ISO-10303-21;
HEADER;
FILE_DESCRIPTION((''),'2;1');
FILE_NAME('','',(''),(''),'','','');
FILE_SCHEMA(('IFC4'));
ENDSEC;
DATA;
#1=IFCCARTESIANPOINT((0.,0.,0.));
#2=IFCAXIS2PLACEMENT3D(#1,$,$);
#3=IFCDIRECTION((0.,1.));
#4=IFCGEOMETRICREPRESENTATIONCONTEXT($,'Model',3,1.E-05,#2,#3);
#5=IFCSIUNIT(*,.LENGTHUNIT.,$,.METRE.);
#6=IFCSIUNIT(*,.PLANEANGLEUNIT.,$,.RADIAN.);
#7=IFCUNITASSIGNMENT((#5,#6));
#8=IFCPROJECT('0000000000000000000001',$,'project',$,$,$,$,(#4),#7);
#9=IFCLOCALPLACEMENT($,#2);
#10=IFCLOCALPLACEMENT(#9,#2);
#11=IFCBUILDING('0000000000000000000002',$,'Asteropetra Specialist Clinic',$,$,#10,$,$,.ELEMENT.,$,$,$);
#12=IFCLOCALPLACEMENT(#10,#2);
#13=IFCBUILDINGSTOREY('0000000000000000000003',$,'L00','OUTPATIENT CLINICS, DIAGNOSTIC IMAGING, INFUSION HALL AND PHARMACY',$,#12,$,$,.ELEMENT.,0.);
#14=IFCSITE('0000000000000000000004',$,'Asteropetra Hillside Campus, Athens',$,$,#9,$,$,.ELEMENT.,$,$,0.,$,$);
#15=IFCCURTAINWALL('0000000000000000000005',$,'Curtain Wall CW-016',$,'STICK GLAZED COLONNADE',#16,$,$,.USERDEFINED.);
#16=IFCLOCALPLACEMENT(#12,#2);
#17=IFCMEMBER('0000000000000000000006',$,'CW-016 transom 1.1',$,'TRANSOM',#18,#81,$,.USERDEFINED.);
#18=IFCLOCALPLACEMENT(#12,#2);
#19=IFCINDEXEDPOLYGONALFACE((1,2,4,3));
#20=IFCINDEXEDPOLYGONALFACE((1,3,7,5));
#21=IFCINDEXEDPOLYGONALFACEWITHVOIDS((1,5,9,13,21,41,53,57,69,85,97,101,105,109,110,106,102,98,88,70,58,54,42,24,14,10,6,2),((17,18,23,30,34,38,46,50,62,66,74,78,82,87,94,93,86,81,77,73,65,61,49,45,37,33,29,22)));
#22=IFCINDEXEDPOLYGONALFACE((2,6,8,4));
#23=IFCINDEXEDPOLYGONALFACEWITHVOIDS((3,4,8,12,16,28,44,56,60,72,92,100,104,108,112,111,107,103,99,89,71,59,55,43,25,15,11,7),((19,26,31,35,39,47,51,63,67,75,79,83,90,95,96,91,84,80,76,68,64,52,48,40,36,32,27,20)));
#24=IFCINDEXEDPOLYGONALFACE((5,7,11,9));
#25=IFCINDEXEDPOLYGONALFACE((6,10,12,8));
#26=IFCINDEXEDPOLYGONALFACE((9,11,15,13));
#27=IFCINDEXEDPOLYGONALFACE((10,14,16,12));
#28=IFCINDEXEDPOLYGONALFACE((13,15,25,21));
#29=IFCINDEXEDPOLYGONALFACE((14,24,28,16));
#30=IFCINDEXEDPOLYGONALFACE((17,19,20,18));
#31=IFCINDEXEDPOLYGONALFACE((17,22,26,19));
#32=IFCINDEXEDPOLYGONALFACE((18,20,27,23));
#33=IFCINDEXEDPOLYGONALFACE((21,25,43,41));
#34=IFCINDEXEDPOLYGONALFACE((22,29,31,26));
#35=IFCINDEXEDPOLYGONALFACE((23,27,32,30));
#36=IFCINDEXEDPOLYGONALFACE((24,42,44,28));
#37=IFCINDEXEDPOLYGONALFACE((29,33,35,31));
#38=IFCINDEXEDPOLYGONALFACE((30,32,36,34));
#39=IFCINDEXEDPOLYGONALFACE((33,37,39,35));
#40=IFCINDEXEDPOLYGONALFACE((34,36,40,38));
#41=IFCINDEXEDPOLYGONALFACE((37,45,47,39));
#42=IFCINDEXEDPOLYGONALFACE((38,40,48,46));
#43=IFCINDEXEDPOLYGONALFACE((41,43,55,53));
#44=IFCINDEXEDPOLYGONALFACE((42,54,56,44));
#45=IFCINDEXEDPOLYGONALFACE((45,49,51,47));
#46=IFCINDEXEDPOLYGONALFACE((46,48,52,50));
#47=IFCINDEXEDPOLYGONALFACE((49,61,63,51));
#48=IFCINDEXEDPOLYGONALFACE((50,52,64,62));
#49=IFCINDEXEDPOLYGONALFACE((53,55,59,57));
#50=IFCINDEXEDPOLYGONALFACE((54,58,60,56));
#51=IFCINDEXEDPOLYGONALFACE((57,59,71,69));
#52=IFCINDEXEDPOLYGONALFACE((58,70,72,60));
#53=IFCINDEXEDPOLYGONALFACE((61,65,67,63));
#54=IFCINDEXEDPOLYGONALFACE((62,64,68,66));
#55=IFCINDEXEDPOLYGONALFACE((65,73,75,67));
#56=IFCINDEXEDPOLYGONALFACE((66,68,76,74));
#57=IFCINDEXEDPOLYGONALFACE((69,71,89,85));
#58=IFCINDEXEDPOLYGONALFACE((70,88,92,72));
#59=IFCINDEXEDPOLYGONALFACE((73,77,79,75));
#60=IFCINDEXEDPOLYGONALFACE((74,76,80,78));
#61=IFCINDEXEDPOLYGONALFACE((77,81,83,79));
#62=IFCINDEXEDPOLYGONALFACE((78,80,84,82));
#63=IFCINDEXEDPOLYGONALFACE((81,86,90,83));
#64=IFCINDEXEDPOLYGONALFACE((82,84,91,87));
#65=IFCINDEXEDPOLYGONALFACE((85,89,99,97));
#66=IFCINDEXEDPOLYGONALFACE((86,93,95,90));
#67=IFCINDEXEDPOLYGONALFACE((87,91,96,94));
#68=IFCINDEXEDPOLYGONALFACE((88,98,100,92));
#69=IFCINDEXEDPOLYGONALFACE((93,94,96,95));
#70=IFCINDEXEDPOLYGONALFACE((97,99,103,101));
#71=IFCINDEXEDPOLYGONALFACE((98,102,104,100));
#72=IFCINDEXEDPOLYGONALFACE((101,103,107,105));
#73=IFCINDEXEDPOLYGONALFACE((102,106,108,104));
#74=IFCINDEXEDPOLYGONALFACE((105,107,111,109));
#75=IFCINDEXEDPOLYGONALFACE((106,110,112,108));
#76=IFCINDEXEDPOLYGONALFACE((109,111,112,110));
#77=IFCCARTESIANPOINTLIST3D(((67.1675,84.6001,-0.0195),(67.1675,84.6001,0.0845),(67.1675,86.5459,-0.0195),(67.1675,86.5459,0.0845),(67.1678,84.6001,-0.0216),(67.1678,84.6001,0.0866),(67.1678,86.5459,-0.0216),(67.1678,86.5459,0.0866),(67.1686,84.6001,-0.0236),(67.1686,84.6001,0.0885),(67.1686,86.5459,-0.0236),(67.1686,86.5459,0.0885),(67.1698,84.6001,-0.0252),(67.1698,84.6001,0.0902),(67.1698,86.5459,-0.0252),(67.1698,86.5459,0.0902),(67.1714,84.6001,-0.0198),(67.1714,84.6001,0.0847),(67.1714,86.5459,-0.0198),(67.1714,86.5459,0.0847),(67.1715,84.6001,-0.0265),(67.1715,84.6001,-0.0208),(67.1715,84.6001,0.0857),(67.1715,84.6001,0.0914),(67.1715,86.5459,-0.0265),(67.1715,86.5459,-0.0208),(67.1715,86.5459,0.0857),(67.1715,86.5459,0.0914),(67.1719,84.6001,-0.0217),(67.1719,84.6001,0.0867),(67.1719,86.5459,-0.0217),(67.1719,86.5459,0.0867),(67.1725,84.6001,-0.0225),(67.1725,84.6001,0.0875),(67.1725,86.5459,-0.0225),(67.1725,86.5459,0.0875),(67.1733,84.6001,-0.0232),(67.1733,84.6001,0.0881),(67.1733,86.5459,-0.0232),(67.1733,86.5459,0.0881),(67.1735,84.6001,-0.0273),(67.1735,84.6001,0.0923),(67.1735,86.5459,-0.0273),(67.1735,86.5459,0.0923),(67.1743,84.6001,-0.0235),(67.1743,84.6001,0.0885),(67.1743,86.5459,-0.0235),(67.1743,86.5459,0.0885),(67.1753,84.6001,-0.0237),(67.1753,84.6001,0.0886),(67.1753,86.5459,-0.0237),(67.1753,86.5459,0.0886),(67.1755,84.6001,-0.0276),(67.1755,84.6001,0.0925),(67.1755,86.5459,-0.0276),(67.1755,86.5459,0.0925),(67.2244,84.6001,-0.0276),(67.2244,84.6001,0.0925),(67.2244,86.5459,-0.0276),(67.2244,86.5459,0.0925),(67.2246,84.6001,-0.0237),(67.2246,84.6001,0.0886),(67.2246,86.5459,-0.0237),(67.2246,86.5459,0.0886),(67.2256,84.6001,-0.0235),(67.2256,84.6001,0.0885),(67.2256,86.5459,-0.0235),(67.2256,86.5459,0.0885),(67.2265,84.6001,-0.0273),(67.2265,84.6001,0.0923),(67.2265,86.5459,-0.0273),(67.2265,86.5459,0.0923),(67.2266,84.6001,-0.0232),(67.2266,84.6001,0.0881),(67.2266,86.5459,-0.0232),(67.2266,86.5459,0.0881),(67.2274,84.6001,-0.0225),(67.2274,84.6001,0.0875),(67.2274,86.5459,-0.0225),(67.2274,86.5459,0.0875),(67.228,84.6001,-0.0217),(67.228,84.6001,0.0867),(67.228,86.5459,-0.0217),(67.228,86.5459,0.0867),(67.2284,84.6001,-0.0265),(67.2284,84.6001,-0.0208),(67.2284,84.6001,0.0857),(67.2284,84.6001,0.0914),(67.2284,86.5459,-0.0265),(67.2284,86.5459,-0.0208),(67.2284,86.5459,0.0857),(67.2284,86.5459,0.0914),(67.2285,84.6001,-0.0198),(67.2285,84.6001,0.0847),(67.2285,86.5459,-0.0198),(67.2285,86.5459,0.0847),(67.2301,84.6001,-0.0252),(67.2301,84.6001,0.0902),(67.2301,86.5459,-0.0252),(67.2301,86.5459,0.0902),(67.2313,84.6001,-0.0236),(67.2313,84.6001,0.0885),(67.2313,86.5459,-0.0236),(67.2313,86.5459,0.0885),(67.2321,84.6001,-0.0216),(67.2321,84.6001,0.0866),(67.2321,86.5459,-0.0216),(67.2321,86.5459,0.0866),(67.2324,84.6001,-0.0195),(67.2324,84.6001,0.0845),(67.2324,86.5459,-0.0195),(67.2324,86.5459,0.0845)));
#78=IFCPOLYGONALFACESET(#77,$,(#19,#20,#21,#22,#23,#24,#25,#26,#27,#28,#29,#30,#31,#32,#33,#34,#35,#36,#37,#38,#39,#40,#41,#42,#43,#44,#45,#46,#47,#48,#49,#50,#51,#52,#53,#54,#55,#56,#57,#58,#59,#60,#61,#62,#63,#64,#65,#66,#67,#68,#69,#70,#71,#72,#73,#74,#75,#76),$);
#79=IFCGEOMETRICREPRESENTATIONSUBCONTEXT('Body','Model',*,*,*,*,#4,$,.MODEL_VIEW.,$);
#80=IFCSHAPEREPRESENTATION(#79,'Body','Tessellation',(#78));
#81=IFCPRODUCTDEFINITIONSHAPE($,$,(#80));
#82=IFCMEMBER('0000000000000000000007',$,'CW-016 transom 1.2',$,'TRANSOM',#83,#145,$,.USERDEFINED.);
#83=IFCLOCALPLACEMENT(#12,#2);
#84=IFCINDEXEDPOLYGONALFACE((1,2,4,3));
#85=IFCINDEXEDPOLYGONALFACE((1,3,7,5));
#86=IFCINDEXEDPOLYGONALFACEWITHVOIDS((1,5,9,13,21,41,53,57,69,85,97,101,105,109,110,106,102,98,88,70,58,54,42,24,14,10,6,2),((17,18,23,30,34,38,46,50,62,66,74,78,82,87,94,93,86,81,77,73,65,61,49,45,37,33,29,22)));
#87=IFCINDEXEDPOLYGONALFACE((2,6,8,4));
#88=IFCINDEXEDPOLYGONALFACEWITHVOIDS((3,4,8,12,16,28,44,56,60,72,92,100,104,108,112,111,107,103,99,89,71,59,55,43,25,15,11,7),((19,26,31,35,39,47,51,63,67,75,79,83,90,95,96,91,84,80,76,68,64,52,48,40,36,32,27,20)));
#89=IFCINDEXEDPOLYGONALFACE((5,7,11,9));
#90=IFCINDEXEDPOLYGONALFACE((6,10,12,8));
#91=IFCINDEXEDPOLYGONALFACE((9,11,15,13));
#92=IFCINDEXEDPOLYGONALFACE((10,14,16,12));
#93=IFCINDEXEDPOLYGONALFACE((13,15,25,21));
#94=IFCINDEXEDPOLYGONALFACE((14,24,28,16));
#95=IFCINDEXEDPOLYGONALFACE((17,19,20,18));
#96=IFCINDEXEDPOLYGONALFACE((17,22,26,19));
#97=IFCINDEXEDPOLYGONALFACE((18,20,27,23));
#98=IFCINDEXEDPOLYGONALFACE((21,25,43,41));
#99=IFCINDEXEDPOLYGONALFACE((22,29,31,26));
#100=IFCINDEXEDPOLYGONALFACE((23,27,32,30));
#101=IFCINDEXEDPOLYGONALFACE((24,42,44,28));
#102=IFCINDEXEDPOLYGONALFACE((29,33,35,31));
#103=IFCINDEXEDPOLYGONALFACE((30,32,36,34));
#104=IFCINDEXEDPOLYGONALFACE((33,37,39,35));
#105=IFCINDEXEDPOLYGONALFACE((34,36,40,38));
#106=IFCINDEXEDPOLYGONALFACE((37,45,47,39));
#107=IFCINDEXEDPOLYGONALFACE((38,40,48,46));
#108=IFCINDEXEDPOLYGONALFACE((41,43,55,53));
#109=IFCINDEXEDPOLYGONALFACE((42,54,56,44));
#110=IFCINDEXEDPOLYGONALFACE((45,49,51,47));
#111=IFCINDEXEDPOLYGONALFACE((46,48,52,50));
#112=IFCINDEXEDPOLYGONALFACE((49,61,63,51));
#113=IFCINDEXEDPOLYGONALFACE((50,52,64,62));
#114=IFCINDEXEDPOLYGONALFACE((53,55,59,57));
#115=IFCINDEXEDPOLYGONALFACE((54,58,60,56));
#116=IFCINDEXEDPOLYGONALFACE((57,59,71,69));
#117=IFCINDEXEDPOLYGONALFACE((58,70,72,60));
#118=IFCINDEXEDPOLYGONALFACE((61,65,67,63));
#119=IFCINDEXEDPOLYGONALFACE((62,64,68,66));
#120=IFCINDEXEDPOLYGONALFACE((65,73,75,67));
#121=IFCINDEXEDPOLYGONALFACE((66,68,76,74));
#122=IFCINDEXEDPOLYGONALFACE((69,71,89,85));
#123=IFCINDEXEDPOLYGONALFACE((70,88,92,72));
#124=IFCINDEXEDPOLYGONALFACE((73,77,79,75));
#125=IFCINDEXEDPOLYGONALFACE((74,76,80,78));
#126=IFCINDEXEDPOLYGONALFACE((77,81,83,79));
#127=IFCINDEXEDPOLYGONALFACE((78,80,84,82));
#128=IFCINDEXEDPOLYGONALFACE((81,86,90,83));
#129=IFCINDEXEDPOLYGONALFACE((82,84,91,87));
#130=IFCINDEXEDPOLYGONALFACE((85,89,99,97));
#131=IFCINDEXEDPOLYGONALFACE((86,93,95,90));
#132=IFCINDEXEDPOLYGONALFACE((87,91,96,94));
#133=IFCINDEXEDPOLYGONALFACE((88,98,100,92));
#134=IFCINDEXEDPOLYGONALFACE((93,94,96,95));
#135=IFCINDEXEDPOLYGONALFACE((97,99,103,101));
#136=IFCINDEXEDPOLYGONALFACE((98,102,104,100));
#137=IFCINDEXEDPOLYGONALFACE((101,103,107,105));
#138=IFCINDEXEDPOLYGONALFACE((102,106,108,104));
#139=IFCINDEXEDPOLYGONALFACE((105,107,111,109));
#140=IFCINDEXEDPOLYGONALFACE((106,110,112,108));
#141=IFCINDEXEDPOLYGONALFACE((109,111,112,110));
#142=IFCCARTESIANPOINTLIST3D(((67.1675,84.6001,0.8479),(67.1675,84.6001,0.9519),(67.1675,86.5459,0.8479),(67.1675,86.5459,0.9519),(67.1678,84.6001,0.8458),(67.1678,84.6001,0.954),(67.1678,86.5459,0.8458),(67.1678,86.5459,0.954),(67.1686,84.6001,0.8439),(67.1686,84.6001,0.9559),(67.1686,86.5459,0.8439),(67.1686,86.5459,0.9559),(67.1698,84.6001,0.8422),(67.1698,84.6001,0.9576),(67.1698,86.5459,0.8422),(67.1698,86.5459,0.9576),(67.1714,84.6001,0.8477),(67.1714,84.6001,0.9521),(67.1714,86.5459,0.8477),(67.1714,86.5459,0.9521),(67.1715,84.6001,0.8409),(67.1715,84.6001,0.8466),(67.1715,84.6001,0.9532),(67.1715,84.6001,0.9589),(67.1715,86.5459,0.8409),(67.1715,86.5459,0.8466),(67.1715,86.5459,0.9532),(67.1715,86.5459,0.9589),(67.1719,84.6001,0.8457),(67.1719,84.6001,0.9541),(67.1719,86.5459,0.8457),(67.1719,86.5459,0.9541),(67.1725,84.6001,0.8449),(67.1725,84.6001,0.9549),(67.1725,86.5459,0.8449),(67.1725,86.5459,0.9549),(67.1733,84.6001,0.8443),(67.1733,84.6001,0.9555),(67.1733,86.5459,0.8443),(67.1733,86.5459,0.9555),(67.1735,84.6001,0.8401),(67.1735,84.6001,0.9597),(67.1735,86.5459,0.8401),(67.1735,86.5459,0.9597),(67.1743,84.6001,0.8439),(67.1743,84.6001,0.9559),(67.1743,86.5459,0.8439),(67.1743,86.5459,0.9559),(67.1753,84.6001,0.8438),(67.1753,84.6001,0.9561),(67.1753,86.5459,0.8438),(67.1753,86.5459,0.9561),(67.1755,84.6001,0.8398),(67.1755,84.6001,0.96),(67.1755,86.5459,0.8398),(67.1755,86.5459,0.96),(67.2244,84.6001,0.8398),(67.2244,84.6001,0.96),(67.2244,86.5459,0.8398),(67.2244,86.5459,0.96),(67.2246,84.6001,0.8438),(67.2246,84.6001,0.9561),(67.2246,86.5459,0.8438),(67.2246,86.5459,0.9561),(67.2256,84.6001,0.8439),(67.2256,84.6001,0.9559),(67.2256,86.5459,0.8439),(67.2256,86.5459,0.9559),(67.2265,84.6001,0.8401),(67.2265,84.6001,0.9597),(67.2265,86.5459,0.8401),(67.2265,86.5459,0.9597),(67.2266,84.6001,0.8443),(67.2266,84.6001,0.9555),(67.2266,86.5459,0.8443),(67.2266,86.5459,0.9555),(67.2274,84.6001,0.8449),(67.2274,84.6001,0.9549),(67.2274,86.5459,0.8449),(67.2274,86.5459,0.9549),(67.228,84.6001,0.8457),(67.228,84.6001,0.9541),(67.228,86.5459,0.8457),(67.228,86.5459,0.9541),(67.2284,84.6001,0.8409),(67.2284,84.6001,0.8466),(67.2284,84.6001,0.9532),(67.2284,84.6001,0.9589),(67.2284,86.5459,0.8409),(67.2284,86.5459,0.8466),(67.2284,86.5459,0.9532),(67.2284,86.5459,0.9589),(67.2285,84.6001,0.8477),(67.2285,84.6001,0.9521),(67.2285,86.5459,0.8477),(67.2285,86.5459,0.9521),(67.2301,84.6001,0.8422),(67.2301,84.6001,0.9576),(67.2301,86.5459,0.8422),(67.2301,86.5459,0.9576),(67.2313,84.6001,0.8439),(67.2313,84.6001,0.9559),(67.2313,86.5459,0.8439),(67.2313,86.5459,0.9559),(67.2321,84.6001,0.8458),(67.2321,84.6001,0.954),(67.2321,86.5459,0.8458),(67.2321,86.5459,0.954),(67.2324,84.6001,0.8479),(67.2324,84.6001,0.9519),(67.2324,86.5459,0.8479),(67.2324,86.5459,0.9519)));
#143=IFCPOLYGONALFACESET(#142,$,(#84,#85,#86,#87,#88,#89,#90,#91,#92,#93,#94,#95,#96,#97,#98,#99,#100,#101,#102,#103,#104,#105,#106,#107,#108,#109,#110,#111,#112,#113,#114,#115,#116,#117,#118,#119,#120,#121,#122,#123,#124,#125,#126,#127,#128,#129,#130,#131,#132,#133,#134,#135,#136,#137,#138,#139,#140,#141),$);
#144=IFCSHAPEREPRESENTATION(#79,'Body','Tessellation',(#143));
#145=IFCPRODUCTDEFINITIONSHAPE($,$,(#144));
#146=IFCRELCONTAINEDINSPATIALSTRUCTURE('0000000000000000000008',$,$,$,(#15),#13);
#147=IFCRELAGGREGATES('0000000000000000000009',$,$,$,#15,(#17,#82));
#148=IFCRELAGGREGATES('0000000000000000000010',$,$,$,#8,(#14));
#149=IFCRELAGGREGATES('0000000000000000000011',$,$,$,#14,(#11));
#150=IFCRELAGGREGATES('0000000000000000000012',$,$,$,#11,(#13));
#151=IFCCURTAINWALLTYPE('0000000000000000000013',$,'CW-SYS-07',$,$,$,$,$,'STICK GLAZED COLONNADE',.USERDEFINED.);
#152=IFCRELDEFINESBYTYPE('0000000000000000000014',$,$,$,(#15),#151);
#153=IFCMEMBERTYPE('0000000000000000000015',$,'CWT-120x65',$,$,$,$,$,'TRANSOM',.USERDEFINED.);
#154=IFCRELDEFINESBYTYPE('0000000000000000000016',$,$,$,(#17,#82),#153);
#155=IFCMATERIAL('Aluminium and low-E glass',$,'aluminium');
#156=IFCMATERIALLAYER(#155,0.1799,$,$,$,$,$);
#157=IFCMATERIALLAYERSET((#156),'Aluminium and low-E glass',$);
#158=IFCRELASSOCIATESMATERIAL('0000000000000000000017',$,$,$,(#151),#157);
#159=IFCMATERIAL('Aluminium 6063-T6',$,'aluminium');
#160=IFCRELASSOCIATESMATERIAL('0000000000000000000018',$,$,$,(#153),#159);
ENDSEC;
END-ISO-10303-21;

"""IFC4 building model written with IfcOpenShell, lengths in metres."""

from ifc_helpers import new_model, si_unit, direction, frame, origin, origin_2d, place, context, subcontext, project, spatial, hollow_rectangle, extrude, material, layer, layer_set, material_profile, profile_set, type_object, element, aggregate, save


model = new_model("IFC4")

# Units and contexts
model_context = context("Model", 3, precision=1e-05, world=origin(), true_north=direction((0.0, 1.0)))
body_context = subcontext(model_context, "Body", "Model", "MODEL_VIEW")
ifc_project = project(units=[si_unit("LENGTHUNIT", "METRE"), si_unit("PLANEANGLEUNIT", "RADIAN")], contexts=[model_context])

# Site, building, storey
site_placement = place(None, origin())
site = spatial("IfcSite", under=ifc_project, at=site_placement, Name="Asteropetra Hillside Campus, Athens", CompositionType="ELEMENT", RefElevation=0.0)
building_placement = place(site_placement, origin())
building = spatial("IfcBuilding", under=site, at=building_placement, Name="Asteropetra Specialist Clinic", CompositionType="ELEMENT")
storey_placement = place(building_placement, origin())
storey = spatial("IfcBuildingStorey", under=building, at=storey_placement, Name="L00", Description="OUTPATIENT CLINICS, DIAGNOSTIC IMAGING, INFUSION HALL AND PHARMACY", CompositionType="ELEMENT", Elevation=0.0)

# Curtain wall
ifc_material_1 = material(Name="Aluminium and low-E glass", Category="aluminium")
ifc_layer_1 = layer(ifc_material_1, 0.1799)
ifc_layer_set_1 = layer_set([ifc_layer_1], Name="Aluminium and low-E glass")
curtain_wall_type_1 = type_object("IfcCurtainWallType", Name="CW-SYS-07", ElementType="STICK GLAZED COLONNADE", PredefinedType="USERDEFINED", material=ifc_layer_set_1)
curtain_wall_1_placement = place(storey_placement, origin())
curtain_wall_1 = element("IfcCurtainWall", 1, at=curtain_wall_1_placement, inside=storey, type_object=curtain_wall_type_1, Name="Curtain Wall CW-016", ObjectType="STICK GLAZED COLONNADE", PredefinedType="USERDEFINED")

# Members
ifc_material_2 = material(Name="Aluminium 6063-T6", Category="aluminium")
ifc_material_profile_1 = material_profile(ifc_material_2, hollow_rectangle(XDim=0.0649, YDim=0.1201, WallThickness=0.0039, InnerFilletRadius=0.0039, OuterFilletRadius=0.0081, at=origin_2d()), Name="TRN 120x65x4.0")
ifc_profile_set_1 = profile_set([ifc_material_profile_1], Name="Aluminium 6063-T6")
member_type_1 = type_object("IfcMemberType", Name="CWT-120x65", ElementType="TRANSOM", PredefinedType="USERDEFINED", material=ifc_profile_set_1)
member_1_placement = place(storey_placement, frame((67.2, 84.6001, 0.0325), z_axis=(0.0, 1.0, 0.0), x_axis=(-1.0, 0.0, 0.0)))
member_1 = element("IfcMember", 2, at=member_1_placement, type_object=member_type_1, Name="CW-016 transom 1.1", ObjectType="TRANSOM", PredefinedType="USERDEFINED", context=body_context, shape_type="SweptSolid", body=[
    extrude(hollow_rectangle(XDim=0.0649, YDim=0.1201, WallThickness=0.0039, InnerFilletRadius=0.0039, OuterFilletRadius=0.0081, at=origin_2d()), origin(), (0.0, 0.0, 1.0), 1.9458),
])
member_2_placement = place(storey_placement, frame((67.2, 84.6001, 0.8999), z_axis=(0.0, 1.0, 0.0), x_axis=(-1.0, 0.0, 0.0)))
member_2 = element("IfcMember", 3, at=member_2_placement, type_object=member_type_1, Name="CW-016 transom 1.2", ObjectType="TRANSOM", PredefinedType="USERDEFINED", context=body_context, shape_type="SweptSolid", body=[
    extrude(hollow_rectangle(XDim=0.0649, YDim=0.1201, WallThickness=0.0039, InnerFilletRadius=0.0039, OuterFilletRadius=0.0081, at=origin_2d()), origin(), (0.0, 0.0, 1.0), 1.9458),
])

aggregate(curtain_wall_1, [member_1, member_2])

save(model, "model.ifc")
